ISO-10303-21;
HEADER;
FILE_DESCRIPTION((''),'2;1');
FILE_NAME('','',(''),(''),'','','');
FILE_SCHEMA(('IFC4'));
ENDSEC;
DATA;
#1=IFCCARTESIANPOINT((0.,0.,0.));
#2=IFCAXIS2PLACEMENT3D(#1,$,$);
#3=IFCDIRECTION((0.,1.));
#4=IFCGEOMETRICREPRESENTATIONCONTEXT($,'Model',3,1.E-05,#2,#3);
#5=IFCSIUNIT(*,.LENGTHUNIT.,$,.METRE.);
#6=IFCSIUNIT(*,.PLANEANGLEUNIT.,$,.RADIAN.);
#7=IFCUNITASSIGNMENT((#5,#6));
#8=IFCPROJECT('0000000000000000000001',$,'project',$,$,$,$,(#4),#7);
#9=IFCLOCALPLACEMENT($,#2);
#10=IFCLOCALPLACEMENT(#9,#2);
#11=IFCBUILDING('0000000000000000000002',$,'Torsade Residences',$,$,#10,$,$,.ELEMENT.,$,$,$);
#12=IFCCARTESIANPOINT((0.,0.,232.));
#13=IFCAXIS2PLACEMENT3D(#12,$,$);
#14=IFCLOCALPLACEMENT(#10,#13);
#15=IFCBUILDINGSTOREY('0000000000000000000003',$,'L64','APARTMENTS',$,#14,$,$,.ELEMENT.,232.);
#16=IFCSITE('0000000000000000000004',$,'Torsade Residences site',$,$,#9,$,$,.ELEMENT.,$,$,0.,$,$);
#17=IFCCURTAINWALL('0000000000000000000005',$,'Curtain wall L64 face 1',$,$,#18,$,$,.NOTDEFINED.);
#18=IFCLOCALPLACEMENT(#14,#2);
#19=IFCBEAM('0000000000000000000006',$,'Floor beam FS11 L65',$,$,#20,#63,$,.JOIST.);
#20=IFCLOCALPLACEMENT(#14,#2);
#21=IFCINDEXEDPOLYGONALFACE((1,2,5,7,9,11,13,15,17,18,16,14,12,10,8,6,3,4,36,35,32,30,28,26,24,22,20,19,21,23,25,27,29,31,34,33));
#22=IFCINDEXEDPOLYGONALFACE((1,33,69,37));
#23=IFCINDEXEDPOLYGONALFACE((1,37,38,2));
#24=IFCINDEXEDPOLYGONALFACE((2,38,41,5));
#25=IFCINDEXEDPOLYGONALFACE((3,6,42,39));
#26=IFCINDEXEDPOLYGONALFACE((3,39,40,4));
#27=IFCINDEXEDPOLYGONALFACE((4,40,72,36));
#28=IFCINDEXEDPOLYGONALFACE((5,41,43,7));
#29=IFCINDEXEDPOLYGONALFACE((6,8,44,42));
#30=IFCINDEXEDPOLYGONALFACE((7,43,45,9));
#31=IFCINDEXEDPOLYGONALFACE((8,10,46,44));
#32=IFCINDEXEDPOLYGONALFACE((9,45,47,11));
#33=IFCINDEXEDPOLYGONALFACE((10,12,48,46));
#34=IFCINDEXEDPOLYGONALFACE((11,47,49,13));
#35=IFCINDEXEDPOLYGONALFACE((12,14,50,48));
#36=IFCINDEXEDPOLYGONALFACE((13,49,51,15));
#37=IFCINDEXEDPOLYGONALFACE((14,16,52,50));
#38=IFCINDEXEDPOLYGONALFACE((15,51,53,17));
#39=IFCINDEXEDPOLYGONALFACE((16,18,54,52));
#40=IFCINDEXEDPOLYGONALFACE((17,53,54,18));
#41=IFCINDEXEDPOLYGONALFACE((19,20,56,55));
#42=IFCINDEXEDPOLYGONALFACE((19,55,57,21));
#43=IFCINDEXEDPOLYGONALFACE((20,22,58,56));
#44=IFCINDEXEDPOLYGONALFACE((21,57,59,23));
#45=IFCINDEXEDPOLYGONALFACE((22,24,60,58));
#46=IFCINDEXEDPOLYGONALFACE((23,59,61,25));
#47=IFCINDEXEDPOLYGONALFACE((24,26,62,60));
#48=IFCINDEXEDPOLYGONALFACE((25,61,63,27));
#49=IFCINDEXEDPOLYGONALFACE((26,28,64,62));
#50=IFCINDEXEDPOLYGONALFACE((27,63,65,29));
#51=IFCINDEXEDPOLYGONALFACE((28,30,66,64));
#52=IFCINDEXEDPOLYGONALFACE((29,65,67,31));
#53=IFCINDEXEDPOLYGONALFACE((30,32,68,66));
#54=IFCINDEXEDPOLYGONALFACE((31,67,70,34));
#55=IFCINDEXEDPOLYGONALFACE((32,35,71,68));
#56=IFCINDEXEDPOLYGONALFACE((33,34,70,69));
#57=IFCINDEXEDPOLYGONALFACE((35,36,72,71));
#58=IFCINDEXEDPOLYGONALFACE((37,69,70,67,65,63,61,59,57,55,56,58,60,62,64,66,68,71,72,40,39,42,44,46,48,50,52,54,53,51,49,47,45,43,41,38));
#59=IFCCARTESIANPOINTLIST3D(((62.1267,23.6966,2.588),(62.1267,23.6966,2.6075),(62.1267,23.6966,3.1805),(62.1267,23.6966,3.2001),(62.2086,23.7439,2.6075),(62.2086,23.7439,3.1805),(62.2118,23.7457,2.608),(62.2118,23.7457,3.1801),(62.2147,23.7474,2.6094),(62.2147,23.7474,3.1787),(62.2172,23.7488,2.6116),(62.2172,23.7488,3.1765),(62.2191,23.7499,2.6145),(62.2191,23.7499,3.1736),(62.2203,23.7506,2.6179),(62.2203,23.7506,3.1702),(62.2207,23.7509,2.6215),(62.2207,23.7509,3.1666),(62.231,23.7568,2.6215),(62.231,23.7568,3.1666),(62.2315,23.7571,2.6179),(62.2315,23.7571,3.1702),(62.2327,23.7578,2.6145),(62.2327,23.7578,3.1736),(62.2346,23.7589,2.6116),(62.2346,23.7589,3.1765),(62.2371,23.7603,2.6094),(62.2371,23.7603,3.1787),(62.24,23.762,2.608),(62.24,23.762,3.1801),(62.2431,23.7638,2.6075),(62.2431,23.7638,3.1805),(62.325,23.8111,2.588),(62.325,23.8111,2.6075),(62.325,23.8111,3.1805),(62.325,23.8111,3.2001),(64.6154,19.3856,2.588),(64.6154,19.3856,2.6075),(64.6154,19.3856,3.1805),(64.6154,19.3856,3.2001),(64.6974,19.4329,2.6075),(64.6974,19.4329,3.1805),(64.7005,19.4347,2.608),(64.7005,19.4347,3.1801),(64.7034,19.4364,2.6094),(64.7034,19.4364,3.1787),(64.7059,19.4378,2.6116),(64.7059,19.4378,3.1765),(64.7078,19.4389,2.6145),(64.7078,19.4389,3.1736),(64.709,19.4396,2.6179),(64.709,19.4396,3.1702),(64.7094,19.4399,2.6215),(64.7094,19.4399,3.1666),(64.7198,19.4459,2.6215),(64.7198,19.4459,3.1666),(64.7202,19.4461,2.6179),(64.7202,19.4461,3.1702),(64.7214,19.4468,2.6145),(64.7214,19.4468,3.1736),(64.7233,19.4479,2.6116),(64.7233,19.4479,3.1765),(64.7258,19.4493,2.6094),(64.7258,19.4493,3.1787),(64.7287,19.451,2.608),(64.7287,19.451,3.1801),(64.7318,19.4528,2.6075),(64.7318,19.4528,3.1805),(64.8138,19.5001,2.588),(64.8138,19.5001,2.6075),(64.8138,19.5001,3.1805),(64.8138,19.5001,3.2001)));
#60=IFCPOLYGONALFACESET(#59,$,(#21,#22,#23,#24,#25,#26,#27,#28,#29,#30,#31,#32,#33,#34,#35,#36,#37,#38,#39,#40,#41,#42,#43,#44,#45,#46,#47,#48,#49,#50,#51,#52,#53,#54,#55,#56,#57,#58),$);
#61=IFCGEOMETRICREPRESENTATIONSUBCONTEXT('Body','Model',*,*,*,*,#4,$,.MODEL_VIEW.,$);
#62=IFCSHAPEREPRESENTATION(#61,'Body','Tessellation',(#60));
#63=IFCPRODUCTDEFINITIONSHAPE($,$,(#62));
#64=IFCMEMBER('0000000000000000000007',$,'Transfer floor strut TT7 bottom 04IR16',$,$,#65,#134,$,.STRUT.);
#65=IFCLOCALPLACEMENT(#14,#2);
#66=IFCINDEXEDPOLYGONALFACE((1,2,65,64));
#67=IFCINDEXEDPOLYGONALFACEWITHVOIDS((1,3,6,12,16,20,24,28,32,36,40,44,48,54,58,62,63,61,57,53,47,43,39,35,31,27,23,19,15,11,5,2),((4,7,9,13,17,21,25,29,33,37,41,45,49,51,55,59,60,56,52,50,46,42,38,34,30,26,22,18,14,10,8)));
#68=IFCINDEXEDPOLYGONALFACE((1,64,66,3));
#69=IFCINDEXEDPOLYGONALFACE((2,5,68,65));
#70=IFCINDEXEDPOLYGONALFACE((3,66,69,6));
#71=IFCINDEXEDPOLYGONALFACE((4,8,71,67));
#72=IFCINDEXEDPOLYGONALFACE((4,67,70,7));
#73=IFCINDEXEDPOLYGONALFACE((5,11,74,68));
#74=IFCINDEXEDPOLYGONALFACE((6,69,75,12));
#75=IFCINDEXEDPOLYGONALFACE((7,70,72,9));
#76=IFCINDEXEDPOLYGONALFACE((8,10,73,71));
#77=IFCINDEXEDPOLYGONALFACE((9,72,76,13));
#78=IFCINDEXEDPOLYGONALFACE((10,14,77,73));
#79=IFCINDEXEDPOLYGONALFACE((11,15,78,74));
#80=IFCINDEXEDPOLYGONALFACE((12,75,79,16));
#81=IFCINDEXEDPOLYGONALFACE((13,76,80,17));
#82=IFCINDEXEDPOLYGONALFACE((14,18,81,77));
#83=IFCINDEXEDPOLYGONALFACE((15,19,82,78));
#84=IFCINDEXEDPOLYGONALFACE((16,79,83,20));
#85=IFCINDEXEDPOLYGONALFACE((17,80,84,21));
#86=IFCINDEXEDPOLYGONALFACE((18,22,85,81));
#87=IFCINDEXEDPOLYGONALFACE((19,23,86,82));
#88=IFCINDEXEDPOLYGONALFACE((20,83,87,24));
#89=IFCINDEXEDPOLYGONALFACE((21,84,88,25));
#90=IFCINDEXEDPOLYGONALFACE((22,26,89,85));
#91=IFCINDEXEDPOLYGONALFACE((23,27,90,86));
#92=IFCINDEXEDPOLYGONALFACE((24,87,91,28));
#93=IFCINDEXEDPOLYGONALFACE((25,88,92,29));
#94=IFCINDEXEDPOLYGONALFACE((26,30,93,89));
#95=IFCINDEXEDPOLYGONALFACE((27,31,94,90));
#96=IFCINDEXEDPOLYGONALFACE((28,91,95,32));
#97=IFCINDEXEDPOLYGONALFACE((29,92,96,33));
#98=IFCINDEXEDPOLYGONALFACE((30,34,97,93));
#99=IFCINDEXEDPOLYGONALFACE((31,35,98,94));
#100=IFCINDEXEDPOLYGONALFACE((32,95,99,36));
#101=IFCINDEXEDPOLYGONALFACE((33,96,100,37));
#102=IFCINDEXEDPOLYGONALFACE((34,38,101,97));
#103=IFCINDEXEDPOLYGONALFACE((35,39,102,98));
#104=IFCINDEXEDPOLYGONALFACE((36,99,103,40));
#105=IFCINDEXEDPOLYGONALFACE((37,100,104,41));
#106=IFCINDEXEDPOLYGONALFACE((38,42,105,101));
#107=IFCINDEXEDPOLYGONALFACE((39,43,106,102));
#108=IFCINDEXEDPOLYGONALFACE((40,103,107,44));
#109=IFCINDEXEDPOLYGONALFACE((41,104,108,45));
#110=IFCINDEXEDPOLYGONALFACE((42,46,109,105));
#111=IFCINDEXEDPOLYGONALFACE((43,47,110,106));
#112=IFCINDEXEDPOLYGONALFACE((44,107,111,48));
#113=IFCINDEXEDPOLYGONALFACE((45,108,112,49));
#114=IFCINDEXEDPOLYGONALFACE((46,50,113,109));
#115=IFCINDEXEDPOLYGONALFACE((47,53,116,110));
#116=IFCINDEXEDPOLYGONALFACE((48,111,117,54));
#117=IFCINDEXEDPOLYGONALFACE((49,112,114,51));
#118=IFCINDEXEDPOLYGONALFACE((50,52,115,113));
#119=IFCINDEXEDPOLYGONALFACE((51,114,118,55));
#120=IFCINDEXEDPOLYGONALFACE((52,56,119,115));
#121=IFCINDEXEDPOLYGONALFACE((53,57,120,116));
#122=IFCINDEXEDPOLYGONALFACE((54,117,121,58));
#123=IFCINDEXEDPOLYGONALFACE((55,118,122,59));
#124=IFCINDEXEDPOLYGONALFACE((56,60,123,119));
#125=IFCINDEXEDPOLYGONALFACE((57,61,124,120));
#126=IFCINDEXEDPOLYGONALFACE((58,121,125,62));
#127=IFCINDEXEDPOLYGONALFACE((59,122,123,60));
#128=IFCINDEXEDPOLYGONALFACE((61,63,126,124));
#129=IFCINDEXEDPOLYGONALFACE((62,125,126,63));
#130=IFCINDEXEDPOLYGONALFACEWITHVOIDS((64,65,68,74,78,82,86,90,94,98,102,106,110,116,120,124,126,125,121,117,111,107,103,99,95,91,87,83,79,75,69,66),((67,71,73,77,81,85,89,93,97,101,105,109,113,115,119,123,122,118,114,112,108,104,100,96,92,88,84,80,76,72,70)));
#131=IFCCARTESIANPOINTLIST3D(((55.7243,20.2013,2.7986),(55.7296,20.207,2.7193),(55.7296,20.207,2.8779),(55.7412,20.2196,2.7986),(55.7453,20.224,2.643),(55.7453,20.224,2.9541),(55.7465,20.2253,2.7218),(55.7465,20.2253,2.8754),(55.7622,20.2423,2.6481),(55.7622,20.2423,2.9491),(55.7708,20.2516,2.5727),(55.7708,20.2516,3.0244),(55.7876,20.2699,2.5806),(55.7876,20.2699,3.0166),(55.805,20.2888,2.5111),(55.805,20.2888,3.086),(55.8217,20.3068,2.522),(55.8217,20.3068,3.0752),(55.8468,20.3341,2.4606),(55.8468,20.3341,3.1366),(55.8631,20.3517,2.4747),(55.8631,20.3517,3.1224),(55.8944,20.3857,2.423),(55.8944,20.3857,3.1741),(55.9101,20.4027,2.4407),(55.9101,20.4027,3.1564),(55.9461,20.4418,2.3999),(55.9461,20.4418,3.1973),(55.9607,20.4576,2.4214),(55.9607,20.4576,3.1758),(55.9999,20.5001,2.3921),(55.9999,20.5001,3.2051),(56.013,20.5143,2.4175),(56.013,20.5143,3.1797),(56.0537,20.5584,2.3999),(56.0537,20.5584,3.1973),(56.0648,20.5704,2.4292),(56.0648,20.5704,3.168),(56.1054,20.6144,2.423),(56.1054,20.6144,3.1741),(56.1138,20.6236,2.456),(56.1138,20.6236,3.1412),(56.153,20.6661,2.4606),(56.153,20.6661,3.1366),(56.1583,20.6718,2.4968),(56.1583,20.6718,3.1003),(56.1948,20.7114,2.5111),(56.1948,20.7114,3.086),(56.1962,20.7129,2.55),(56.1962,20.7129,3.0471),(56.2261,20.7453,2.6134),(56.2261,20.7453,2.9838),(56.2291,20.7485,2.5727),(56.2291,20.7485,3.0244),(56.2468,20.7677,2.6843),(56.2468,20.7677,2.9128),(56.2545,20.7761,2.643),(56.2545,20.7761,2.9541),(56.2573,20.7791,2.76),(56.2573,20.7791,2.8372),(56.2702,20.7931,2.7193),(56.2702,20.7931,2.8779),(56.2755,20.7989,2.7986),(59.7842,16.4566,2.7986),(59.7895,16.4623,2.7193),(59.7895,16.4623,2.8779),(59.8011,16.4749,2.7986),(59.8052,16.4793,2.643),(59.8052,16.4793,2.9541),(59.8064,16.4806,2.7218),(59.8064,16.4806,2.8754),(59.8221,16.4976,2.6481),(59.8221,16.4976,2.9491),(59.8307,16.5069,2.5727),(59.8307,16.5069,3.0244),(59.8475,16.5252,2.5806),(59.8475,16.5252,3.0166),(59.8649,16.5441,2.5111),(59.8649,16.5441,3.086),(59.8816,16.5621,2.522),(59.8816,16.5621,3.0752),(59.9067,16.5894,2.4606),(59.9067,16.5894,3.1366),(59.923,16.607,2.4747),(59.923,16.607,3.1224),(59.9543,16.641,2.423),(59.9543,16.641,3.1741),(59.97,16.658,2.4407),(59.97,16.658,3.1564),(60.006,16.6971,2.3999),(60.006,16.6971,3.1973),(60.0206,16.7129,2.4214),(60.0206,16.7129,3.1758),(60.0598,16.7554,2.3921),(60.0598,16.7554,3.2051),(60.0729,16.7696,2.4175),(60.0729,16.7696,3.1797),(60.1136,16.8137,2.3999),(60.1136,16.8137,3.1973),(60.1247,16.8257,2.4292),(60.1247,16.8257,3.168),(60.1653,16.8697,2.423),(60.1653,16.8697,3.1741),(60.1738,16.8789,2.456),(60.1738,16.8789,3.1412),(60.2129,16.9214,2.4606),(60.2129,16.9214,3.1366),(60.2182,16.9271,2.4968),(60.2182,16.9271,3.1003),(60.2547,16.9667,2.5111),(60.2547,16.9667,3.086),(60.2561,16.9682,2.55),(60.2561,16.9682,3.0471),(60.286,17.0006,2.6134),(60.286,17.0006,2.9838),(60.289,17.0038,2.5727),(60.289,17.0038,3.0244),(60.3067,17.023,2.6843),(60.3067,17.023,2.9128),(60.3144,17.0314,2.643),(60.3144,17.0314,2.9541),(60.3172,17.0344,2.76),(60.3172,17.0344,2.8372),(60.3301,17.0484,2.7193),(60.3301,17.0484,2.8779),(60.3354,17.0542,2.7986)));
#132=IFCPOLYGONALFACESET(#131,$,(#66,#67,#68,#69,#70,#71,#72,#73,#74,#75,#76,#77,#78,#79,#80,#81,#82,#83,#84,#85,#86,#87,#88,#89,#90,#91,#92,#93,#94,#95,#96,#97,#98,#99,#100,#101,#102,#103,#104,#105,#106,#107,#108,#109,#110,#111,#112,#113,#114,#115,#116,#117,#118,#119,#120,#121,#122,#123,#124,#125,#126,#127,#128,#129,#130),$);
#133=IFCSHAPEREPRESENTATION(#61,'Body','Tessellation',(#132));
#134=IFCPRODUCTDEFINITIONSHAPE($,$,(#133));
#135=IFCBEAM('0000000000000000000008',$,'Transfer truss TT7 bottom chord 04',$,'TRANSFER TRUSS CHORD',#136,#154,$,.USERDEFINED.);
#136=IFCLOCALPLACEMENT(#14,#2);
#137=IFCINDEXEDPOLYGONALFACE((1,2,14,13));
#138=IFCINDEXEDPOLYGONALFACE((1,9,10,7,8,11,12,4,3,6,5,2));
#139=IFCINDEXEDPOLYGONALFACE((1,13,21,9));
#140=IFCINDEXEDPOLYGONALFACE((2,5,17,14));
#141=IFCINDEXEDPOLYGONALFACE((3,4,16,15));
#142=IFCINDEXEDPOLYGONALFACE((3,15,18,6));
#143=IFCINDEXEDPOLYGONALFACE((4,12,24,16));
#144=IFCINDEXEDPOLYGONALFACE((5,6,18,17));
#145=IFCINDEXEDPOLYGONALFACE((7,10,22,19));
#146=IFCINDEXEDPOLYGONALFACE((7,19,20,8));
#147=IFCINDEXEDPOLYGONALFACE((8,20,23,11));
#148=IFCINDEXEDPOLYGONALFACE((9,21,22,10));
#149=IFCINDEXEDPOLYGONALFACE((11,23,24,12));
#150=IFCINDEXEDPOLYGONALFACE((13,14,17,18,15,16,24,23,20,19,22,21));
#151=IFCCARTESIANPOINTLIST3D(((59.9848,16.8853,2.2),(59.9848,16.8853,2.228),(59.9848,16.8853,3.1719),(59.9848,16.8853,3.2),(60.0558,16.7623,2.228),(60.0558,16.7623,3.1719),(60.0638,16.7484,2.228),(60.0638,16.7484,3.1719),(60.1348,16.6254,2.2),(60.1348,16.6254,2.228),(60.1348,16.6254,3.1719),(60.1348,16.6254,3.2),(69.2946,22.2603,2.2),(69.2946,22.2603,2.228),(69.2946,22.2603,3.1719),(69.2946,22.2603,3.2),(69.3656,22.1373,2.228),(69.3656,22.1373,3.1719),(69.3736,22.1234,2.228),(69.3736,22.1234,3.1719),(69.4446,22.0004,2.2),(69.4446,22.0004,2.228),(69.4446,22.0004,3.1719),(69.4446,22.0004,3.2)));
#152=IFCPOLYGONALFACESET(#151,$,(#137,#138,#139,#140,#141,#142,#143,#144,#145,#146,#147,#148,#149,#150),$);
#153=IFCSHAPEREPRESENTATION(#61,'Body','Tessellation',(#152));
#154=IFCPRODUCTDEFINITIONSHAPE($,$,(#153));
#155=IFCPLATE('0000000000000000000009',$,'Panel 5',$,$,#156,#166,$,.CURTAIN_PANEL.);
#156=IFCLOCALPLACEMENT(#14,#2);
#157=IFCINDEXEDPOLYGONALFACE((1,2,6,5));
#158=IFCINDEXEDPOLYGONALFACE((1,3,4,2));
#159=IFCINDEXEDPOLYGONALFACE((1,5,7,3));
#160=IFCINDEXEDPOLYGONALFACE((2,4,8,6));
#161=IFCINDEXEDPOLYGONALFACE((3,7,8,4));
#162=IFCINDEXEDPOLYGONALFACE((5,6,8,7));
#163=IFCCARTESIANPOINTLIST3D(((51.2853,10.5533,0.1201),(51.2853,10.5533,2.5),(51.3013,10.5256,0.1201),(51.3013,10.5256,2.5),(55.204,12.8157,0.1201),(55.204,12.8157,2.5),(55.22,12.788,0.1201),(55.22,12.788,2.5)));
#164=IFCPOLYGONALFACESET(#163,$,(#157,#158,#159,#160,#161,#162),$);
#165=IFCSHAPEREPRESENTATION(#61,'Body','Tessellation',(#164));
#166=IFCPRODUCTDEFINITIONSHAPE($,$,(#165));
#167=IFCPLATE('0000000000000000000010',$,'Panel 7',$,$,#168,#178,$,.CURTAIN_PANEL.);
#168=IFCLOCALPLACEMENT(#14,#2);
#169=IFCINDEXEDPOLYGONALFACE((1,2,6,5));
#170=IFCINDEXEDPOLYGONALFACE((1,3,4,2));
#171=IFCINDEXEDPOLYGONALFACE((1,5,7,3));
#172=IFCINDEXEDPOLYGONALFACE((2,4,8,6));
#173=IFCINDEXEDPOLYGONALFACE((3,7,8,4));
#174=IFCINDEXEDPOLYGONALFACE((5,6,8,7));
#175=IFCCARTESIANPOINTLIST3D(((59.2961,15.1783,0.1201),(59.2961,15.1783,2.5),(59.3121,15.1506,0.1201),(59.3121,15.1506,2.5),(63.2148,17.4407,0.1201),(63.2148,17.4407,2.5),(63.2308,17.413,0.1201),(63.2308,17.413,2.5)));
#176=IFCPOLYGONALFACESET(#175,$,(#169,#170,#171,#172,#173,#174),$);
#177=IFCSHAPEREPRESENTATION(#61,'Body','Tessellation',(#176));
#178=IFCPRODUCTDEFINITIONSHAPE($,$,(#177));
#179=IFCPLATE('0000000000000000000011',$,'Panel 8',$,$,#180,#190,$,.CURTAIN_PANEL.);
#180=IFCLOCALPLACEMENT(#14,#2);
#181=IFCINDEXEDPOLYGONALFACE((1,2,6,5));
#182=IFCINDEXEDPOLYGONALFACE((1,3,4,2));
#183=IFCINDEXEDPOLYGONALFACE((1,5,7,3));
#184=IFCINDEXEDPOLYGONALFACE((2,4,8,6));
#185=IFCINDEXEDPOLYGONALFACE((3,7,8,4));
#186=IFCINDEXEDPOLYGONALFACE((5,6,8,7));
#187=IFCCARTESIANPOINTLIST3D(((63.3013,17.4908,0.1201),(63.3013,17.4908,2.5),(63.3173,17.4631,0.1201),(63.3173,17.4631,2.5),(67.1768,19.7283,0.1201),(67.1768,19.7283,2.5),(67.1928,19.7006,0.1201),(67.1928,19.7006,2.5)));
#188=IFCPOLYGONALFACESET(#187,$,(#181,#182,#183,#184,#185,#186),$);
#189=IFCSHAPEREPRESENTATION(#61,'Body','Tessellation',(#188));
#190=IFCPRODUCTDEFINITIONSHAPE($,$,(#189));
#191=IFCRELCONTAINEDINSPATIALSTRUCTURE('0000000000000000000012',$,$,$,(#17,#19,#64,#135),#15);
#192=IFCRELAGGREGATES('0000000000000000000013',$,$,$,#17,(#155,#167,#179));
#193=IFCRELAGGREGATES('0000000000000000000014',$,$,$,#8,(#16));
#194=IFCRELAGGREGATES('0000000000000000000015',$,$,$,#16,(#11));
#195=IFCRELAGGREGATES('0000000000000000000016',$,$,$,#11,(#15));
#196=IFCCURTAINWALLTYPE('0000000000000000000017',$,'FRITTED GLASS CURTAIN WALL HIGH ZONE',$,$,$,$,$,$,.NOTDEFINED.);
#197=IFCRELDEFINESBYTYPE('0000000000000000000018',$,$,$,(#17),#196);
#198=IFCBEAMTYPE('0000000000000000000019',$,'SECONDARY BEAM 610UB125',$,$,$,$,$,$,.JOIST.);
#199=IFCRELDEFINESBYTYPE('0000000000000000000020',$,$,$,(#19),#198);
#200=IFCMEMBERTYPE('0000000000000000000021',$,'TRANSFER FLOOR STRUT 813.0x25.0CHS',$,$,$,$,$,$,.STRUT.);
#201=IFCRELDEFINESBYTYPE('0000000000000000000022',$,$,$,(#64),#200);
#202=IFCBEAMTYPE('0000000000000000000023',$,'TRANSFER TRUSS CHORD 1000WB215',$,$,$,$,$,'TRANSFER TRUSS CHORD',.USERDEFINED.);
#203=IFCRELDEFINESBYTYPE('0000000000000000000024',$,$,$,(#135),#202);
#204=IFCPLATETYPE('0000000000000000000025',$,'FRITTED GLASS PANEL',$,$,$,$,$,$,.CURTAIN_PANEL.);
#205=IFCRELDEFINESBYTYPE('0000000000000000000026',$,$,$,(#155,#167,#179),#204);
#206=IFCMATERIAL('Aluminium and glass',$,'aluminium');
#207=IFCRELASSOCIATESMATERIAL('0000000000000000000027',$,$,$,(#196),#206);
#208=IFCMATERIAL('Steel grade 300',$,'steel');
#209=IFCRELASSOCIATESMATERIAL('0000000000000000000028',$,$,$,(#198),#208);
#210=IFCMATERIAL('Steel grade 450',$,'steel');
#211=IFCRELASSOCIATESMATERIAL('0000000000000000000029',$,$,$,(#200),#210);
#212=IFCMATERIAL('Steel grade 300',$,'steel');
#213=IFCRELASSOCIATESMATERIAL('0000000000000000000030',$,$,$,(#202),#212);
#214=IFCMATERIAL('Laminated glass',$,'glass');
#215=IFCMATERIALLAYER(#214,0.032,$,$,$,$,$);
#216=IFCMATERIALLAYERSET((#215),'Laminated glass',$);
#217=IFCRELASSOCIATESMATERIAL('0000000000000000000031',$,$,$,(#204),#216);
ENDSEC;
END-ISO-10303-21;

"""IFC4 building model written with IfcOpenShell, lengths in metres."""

from ifc_helpers import new_model, si_unit, direction, frame, origin, origin_2d, place, context, subcontext, project, spatial, rectangle, hollow_circle, i_section, extrude, material, layer, layer_set, material_profile, profile_set, type_object, element, aggregate, save


model = new_model("IFC4")

# Units and contexts
model_context = context("Model", 3, precision=1e-05, world=origin(), true_north=direction((0.0, 1.0)))
body_context = subcontext(model_context, "Body", "Model", "MODEL_VIEW")
ifc_project = project(units=[si_unit("LENGTHUNIT", "METRE"), si_unit("PLANEANGLEUNIT", "RADIAN")], contexts=[model_context])

# Site, building, storey
site_placement = place(None, origin())
site = spatial("IfcSite", under=ifc_project, at=site_placement, Name="Torsade Residences site", CompositionType="ELEMENT", RefElevation=0.0)
building_placement = place(site_placement, origin())
building = spatial("IfcBuilding", under=site, at=building_placement, Name="Torsade Residences", CompositionType="ELEMENT")
storey_placement = place(building_placement, frame((0.0, 0.0, 232.0)))
storey = spatial("IfcBuildingStorey", under=building, at=storey_placement, Name="L64", Description="APARTMENTS", CompositionType="ELEMENT", Elevation=232.0)

# Curtain wall
ifc_material_1 = material(Name="Aluminium and glass", Category="aluminium")
curtain_wall_type = type_object("IfcCurtainWallType", Name="FRITTED GLASS CURTAIN WALL HIGH ZONE", PredefinedType="NOTDEFINED", material=ifc_material_1)
curtain_wall_placement = place(storey_placement, origin())
curtain_wall = element("IfcCurtainWall", 1, at=curtain_wall_placement, inside=storey, type_object=curtain_wall_type, Name="Curtain wall L64 face 1", PredefinedType="NOTDEFINED")

# Beam
ifc_material_2 = material(Name="Steel grade 300", Category="steel")
ifc_material_profile_1 = material_profile(ifc_material_2, i_section(OverallWidth=0.229, OverallDepth=0.6121, WebThickness=0.012, FlangeThickness=0.0195, FilletRadius=0.0139, at=origin_2d()), Name="610UB125")
ifc_profile_set_1 = profile_set([ifc_material_profile_1], Name="Steel grade 300")
beam_type_1 = type_object("IfcBeamType", Name="SECONDARY BEAM 610UB125", PredefinedType="JOIST", material=ifc_profile_set_1)
beam_1_placement = place(storey_placement, frame((64.7146, 19.4429, 2.894), z_axis=(-0.499969, 0.866043, 0.0), x_axis=(-0.866043, -0.499969, 0.0)))
element("IfcBeam", 2, at=beam_1_placement, inside=storey, type_object=beam_type_1, Name="Floor beam FS11 L65", PredefinedType="JOIST", context=body_context, shape_type="SweptSolid", body=[
    extrude(i_section(OverallWidth=0.229, OverallDepth=0.6121, WebThickness=0.012, FlangeThickness=0.0195, FilletRadius=0.0139, at=origin_2d()), origin(), (0.0, 0.0, 1.0), 4.9778),
])

# Member
ifc_material_3 = material(Name="Steel grade 450", Category="steel")
ifc_material_profile_2 = material_profile(ifc_material_3, hollow_circle(Radius=0.4065, WallThickness=0.0249, at=origin_2d()), Name="813.0x25.0CHS")
ifc_profile_set_2 = profile_set([ifc_material_profile_2], Name="Steel grade 450")
member_type_1 = type_object("IfcMemberType", Name="TRANSFER FLOOR STRUT 813.0x25.0CHS", PredefinedType="STRUT", material=ifc_profile_set_2)
member_1_placement = place(storey_placement, frame((60.0598, 16.7554, 2.7986), z_axis=(-0.735064, 0.677997, 0.0), x_axis=(-0.677997, -0.735064, 0.0)))
element("IfcMember", 3, at=member_1_placement, inside=storey, type_object=member_type_1, Name="Transfer floor strut TT7 bottom 04IR16", PredefinedType="STRUT", context=body_context, shape_type="SweptSolid", body=[
    extrude(hollow_circle(Radius=0.4065, WallThickness=0.0249, at=origin_2d()), origin(), (0.0, 0.0, 1.0), 5.5232),
])

# Beam
ifc_material_4 = material(Name="Steel grade 300", Category="steel")
ifc_material_profile_3 = material_profile(ifc_material_4, i_section(OverallWidth=0.3, OverallDepth=1.0, WebThickness=0.0161, FlangeThickness=0.0281, at=origin_2d()), Name="1000WB215")
ifc_profile_set_3 = profile_set([ifc_material_profile_3], Name="Steel grade 300")
beam_type_2 = type_object("IfcBeamType", Name="TRANSFER TRUSS CHORD 1000WB215", ElementType="TRANSFER TRUSS CHORD", PredefinedType="USERDEFINED", material=ifc_profile_set_3)
beam_2_placement = place(storey_placement, frame((60.0598, 16.7554, 2.7), z_axis=(0.866026, 0.499998, 0.0), x_axis=(-0.499998, 0.866026, 0.0)))
element("IfcBeam", 4, at=beam_2_placement, inside=storey, type_object=beam_type_2, Name="Transfer truss TT7 bottom chord 04", ObjectType="TRANSFER TRUSS CHORD", PredefinedType="USERDEFINED", context=body_context, shape_type="SweptSolid", body=[
    extrude(i_section(OverallWidth=0.3, OverallDepth=1.0, WebThickness=0.0161, FlangeThickness=0.0281, at=origin_2d()), origin(), (0.0, 0.0, 1.0), 10.75),
])

# Plates
ifc_material_5 = material(Name="Laminated glass", Category="glass")
ifc_layer_1 = layer(ifc_material_5, 0.032)
ifc_layer_set_1 = layer_set([ifc_layer_1], Name="Laminated glass")
plate_type_1 = type_object("IfcPlateType", Name="FRITTED GLASS PANEL", PredefinedType="CURTAIN_PANEL", material=ifc_layer_set_1)
plate_1_placement = place(storey_placement, frame((53.2527, 11.6707, 0.1201), z_axis=(0.0, 0.0, 1.0), x_axis=(0.866025, 0.5, 0.0)))
plate_1 = element("IfcPlate", 5, at=plate_1_placement, type_object=plate_type_1, Name="Panel 5", PredefinedType="CURTAIN_PANEL", context=body_context, shape_type="SweptSolid", body=[
    extrude(rectangle(XDim=4.5249, YDim=0.032, at=origin_2d()), origin(), (0.0, 0.0, 1.0), 2.3799),
])
plate_2_placement = place(storey_placement, frame((61.2634, 16.2957, 0.1201), z_axis=(0.0, 0.0, 1.0), x_axis=(0.866025, 0.5, 0.0)))
plate_2 = element("IfcPlate", 6, at=plate_2_placement, type_object=plate_type_1, Name="Panel 7", PredefinedType="CURTAIN_PANEL", context=body_context, shape_type="SweptSolid", body=[
    extrude(rectangle(XDim=4.5249, YDim=0.032, at=origin_2d()), origin(), (0.0, 0.0, 1.0), 2.3799),
])
plate_3_placement = place(storey_placement, frame((65.2471, 18.5957, 0.1201), z_axis=(0.0, 0.0, 1.0), x_axis=(0.866025, 0.5, 0.0)))
plate_3 = element("IfcPlate", 7, at=plate_3_placement, type_object=plate_type_1, Name="Panel 8", PredefinedType="CURTAIN_PANEL", context=body_context, shape_type="SweptSolid", body=[
    extrude(rectangle(XDim=4.4751, YDim=0.032, at=origin_2d()), origin(), (0.0, 0.0, 1.0), 2.3799),
])
aggregate(curtain_wall, [plate_1, plate_2, plate_3])

save(model, "model.ifc")
